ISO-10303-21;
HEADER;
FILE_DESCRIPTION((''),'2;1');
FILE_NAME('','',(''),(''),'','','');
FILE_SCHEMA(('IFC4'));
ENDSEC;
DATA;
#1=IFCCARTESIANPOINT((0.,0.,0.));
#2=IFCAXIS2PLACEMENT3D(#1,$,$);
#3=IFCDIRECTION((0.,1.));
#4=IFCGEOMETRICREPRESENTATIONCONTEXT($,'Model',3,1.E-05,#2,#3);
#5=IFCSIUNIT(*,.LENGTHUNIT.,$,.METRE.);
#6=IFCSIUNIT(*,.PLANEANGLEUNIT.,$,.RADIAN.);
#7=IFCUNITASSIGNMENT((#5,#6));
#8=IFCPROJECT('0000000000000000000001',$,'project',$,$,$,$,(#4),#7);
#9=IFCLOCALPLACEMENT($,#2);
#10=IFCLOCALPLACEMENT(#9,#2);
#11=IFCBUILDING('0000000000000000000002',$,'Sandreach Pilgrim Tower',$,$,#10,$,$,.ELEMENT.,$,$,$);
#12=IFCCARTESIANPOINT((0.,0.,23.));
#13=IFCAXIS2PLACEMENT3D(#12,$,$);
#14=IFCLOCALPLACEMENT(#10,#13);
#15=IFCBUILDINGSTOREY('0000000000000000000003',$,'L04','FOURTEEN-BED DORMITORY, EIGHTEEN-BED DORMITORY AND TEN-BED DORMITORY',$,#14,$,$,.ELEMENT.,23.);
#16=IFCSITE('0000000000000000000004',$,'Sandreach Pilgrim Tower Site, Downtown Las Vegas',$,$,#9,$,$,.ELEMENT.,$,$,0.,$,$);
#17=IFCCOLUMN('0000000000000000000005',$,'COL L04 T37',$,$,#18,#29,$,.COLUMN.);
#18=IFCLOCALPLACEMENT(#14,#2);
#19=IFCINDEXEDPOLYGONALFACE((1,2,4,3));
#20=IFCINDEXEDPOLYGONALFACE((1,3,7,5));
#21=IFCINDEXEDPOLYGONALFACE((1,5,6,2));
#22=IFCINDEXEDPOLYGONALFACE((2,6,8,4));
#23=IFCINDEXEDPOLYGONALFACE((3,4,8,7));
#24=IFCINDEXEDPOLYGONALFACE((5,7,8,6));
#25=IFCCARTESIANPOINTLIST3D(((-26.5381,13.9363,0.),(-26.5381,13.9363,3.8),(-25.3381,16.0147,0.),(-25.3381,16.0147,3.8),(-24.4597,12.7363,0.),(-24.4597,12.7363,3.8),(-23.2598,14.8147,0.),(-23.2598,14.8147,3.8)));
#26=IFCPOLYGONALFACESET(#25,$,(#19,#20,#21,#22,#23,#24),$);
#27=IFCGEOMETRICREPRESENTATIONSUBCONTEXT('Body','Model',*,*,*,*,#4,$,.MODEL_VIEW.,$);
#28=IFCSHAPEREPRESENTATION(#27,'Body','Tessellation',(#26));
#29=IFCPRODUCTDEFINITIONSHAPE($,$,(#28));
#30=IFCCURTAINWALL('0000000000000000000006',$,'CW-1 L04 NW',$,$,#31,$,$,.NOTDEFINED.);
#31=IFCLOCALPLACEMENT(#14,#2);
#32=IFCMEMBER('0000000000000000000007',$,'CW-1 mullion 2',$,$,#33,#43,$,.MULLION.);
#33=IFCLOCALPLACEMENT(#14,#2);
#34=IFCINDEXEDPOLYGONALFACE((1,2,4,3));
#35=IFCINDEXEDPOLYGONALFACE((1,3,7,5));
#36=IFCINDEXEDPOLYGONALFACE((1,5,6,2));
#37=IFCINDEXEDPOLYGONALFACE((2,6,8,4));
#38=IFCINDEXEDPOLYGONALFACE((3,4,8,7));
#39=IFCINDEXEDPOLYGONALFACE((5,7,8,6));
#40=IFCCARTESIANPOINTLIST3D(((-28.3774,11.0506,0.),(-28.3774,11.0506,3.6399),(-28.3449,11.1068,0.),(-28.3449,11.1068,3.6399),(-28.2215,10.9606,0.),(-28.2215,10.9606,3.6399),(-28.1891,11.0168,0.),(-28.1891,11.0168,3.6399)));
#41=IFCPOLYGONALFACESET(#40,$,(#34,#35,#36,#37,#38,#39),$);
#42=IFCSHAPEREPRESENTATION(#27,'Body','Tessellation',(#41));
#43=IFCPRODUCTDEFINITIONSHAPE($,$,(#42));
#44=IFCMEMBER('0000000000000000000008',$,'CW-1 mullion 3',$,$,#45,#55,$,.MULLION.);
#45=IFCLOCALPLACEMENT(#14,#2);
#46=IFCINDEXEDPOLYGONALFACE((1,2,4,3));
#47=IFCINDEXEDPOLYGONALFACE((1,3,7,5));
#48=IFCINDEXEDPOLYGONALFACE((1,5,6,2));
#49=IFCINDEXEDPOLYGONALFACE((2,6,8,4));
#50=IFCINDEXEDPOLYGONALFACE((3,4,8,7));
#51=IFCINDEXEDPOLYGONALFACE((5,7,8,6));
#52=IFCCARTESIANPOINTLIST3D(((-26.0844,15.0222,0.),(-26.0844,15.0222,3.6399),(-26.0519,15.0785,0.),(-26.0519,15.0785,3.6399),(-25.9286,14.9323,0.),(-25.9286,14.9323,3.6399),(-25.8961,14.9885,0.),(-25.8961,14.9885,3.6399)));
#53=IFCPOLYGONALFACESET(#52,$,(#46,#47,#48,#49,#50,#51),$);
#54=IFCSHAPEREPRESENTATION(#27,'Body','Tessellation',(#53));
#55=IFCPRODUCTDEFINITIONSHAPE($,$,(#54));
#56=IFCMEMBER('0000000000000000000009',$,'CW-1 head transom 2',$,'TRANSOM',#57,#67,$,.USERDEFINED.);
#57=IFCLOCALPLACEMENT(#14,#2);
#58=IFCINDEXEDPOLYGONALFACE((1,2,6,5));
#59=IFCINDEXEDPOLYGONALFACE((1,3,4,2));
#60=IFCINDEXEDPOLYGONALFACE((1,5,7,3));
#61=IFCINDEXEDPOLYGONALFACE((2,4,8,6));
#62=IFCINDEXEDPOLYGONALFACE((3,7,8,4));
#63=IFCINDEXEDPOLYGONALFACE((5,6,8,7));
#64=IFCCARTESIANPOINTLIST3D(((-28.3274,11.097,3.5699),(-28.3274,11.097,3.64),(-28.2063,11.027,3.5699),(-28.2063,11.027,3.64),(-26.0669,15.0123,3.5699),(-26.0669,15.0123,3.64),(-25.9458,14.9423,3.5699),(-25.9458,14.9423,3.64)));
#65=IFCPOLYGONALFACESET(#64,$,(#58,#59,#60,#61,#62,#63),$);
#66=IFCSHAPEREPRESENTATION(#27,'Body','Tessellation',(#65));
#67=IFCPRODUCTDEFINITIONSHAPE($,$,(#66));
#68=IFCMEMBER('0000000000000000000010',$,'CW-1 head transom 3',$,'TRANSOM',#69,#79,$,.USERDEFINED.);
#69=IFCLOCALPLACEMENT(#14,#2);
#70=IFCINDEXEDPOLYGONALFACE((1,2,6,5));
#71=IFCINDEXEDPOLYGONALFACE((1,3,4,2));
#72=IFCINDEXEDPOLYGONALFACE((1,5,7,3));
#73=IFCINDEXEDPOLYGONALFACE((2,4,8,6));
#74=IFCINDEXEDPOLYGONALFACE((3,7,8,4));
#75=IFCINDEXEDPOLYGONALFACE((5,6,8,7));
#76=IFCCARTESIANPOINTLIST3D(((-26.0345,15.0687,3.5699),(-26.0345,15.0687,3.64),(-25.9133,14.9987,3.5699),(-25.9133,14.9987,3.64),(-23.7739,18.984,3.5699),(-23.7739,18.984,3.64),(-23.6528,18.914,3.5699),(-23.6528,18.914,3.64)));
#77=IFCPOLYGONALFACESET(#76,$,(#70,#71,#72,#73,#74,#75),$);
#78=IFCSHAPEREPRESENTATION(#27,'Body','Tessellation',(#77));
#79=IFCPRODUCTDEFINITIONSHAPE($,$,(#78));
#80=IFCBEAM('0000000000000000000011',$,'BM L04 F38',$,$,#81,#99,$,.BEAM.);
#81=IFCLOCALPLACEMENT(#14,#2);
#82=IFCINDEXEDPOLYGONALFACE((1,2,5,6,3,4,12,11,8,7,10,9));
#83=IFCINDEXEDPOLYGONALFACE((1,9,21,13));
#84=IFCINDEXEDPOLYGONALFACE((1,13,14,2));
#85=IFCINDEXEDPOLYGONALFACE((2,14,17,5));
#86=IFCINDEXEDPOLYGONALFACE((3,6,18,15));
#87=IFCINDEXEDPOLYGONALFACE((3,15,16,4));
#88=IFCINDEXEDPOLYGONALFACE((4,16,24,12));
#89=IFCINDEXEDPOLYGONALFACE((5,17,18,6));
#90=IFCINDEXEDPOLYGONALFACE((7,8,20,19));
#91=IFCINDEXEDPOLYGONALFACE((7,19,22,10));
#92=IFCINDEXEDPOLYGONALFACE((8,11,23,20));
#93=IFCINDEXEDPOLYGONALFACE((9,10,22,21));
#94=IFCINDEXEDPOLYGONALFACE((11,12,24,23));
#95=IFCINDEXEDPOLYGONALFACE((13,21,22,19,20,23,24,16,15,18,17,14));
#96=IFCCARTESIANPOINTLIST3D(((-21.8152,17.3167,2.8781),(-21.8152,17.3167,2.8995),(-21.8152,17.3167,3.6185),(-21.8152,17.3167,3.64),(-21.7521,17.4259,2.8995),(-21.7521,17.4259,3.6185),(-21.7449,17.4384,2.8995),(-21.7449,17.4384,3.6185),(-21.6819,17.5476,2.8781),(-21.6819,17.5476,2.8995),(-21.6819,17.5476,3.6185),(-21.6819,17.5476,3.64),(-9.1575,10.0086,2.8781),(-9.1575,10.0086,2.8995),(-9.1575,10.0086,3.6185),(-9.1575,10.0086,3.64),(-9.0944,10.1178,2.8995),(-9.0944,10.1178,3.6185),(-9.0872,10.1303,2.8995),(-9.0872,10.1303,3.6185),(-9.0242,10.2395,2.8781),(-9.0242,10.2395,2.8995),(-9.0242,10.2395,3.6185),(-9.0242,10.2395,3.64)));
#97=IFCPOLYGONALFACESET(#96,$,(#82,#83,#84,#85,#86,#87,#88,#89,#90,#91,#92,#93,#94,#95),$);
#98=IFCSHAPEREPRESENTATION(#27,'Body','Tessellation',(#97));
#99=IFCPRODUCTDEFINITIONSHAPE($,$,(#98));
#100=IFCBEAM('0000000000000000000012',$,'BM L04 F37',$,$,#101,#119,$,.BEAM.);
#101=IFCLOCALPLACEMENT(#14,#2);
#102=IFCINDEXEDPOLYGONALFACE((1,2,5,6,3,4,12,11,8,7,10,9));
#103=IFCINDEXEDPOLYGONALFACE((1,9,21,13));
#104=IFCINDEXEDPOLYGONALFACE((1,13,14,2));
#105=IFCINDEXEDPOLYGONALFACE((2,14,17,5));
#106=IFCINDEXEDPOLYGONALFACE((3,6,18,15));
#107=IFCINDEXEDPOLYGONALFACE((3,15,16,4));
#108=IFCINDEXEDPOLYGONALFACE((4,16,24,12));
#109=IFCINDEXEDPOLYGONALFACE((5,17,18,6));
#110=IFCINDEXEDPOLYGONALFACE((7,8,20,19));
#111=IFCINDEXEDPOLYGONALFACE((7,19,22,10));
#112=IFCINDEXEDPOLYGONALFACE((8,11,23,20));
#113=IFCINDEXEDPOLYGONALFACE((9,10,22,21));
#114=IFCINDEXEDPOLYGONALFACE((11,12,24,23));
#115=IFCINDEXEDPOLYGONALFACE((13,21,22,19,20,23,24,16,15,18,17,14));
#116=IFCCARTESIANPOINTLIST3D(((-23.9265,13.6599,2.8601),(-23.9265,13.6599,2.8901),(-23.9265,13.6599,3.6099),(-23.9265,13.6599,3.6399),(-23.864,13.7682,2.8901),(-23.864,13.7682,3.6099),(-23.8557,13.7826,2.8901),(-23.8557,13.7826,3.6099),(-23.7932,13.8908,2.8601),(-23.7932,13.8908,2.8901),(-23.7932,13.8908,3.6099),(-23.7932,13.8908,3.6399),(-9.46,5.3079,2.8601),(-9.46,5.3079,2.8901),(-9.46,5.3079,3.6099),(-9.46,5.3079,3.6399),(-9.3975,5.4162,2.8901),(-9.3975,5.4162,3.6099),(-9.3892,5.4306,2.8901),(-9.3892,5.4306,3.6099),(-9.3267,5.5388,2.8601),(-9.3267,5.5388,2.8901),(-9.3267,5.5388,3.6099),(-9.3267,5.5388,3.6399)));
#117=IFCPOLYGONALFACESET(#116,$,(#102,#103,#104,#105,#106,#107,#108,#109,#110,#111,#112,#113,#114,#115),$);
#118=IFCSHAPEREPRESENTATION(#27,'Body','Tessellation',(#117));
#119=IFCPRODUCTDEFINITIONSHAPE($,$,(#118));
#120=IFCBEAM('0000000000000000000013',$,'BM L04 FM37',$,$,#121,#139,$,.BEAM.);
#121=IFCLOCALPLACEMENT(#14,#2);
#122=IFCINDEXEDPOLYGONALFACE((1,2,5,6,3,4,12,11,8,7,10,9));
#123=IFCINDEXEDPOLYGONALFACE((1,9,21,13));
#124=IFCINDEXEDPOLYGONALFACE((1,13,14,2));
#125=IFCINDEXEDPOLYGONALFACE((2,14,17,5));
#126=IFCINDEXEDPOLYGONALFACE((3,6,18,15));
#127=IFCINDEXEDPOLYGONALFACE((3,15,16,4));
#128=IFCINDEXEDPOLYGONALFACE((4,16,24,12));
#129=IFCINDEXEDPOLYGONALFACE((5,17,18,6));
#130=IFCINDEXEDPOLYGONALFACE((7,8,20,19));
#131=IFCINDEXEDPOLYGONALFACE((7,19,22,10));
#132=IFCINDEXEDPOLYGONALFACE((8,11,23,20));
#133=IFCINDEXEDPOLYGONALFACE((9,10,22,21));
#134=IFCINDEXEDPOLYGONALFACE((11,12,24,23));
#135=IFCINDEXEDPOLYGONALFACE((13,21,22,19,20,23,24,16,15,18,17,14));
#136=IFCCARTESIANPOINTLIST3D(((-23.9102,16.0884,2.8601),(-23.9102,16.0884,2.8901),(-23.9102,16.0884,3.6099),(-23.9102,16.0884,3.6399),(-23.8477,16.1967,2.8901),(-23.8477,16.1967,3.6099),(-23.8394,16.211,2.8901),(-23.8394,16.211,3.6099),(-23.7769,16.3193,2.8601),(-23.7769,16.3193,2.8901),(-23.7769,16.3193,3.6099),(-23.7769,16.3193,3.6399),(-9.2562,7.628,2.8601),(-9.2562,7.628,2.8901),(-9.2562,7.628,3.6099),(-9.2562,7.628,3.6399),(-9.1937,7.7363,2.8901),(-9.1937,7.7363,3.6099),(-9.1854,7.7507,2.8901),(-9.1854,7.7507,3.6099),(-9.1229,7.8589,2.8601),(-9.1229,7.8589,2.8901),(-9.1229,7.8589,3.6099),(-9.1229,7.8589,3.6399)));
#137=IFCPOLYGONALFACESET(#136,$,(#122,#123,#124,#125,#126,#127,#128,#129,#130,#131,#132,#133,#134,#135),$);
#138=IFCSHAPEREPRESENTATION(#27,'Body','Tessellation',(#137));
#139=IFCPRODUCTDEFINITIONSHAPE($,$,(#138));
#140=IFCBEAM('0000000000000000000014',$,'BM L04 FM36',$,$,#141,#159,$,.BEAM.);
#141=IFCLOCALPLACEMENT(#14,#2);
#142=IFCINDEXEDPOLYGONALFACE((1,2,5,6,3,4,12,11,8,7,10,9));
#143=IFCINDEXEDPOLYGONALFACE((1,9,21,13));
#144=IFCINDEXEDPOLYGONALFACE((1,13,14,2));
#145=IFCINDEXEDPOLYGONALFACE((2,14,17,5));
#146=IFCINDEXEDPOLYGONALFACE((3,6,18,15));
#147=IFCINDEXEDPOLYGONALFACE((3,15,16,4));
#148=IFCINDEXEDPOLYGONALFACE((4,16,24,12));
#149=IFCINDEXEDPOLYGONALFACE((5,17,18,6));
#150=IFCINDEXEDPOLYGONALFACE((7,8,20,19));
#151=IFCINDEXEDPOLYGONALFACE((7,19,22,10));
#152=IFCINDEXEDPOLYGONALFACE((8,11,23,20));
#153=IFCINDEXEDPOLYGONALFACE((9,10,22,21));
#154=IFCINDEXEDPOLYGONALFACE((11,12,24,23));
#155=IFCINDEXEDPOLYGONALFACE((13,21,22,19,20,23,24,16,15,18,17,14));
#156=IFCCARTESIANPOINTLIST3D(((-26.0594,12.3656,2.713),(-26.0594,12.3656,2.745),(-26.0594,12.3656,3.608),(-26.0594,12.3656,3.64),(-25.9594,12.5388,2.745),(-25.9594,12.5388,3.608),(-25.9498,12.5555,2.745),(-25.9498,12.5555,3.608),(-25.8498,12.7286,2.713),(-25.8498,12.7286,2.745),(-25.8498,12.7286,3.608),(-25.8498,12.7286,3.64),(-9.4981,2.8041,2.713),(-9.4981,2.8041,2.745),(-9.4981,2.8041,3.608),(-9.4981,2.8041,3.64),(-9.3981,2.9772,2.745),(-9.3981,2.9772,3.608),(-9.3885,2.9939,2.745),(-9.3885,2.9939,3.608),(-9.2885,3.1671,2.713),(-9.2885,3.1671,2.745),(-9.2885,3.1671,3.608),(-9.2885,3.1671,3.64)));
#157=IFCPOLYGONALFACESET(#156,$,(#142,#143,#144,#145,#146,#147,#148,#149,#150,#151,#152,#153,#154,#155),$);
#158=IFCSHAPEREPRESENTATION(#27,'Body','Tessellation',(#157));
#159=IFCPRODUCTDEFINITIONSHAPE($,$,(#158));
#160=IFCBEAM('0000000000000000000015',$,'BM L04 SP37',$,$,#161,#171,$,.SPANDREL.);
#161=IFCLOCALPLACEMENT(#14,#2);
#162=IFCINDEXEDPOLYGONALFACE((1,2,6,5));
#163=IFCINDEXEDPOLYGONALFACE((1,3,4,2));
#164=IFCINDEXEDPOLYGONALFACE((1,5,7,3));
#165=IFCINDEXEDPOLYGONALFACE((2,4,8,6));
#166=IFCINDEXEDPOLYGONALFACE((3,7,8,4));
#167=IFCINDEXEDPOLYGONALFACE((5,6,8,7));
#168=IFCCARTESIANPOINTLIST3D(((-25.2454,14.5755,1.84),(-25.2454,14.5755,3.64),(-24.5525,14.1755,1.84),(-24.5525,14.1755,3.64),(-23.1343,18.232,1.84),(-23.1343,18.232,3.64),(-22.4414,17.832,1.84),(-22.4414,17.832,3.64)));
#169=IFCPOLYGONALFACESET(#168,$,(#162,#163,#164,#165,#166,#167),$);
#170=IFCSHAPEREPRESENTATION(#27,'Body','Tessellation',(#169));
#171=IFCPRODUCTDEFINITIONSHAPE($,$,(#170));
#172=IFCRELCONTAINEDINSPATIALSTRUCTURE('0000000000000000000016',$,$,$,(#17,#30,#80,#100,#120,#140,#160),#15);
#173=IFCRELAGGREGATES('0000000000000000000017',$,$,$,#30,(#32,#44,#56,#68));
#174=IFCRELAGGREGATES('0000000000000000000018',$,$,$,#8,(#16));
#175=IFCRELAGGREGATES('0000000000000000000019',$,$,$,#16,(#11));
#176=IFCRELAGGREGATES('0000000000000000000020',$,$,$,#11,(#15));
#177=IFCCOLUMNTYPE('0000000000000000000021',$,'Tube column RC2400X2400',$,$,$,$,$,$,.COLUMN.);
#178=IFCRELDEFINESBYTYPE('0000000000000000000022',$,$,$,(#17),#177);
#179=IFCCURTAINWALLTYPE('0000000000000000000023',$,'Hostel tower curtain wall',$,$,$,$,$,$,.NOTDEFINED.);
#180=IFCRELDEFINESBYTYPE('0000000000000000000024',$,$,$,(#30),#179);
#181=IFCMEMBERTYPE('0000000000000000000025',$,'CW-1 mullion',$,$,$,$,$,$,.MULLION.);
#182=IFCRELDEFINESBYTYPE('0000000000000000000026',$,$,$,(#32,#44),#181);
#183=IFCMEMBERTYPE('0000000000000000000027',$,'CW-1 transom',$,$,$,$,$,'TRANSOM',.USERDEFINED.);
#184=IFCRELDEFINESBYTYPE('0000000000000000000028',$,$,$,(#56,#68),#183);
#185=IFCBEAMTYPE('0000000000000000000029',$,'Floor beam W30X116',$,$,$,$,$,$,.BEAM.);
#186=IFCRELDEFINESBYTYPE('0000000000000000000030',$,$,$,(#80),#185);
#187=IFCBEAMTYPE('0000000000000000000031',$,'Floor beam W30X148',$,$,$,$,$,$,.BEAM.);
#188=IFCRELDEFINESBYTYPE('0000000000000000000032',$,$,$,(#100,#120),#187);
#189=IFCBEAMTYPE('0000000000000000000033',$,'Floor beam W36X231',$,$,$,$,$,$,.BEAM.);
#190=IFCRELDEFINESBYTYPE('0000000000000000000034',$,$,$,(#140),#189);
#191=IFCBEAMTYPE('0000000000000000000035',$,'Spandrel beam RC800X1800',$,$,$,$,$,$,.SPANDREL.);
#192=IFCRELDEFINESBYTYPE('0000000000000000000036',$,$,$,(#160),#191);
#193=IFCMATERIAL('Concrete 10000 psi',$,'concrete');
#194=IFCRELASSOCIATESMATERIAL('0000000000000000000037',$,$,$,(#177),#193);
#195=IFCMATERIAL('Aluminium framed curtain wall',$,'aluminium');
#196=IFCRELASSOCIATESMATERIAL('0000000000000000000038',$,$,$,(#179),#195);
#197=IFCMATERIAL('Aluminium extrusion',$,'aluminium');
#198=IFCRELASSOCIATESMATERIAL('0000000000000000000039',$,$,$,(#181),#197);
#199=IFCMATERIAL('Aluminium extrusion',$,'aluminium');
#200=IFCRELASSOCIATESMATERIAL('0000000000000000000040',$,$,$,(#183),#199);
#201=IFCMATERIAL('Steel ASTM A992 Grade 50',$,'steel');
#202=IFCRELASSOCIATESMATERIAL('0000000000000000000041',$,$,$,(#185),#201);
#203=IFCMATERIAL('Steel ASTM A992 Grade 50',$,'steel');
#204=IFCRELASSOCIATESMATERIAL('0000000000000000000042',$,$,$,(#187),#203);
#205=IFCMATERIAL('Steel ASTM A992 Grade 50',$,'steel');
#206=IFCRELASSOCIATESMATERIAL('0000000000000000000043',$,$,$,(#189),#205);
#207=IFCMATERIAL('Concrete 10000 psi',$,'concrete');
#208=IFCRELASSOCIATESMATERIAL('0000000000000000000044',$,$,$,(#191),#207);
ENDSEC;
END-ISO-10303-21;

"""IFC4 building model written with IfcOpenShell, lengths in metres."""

from ifc_helpers import new_model, si_unit, direction, frame, origin, origin_2d, place, context, subcontext, project, spatial, rectangle, i_section, extrude, material, material_profile, profile_set, type_object, element, aggregate, save


model = new_model("IFC4")

# Units and contexts
model_context = context("Model", 3, precision=1e-05, world=origin(), true_north=direction((0.0, 1.0)))
body_context = subcontext(model_context, "Body", "Model", "MODEL_VIEW")
ifc_project = project(units=[si_unit("LENGTHUNIT", "METRE"), si_unit("PLANEANGLEUNIT", "RADIAN")], contexts=[model_context])

# Site, building, storey
site_placement = place(None, origin())
site = spatial("IfcSite", under=ifc_project, at=site_placement, Name="Sandreach Pilgrim Tower Site, Downtown Las Vegas", CompositionType="ELEMENT", RefElevation=0.0)
building_placement = place(site_placement, origin())
building = spatial("IfcBuilding", under=site, at=building_placement, Name="Sandreach Pilgrim Tower", CompositionType="ELEMENT")
storey_placement = place(building_placement, frame((0.0, 0.0, 23.0)))
storey = spatial("IfcBuildingStorey", under=building, at=storey_placement, Name="L04", Description="FOURTEEN-BED DORMITORY, EIGHTEEN-BED DORMITORY AND TEN-BED DORMITORY", CompositionType="ELEMENT", Elevation=23.0)

# Column
ifc_material_1 = material(Name="Concrete 10000 psi", Category="concrete")
ifc_material_profile_1 = material_profile(ifc_material_1, rectangle(XDim=2.3999, YDim=2.3999, at=origin_2d()), Name="RC2400X2400")
ifc_profile_set_1 = profile_set([ifc_material_profile_1], Name="Concrete 10000 psi")
column_type = type_object("IfcColumnType", Name="Tube column RC2400X2400", PredefinedType="COLUMN", material=ifc_profile_set_1)
column_placement = place(storey_placement, frame((-24.8989, 14.3755, 0.0), z_axis=(0.0, 0.0, 1.0), x_axis=(-0.866025, 0.5, 0.0)))
element("IfcColumn", 1, at=column_placement, inside=storey, type_object=column_type, Name="COL L04 T37", PredefinedType="COLUMN", context=body_context, shape_type="SweptSolid", body=[
    extrude(rectangle(XDim=2.3999, YDim=2.3999, at=origin_2d()), origin(), (0.0, 0.0, 1.0), 3.8),
])

# Curtain wall, members
ifc_material_2 = material(Name="Aluminium framed curtain wall", Category="aluminium")
curtain_wall_type = type_object("IfcCurtainWallType", Name="Hostel tower curtain wall", PredefinedType="NOTDEFINED", material=ifc_material_2)
curtain_wall_placement = place(storey_placement, origin())
curtain_wall = element("IfcCurtainWall", 2, at=curtain_wall_placement, inside=storey, type_object=curtain_wall_type, Name="CW-1 L04 NW", PredefinedType="NOTDEFINED")
ifc_material_3 = material(Name="Aluminium extrusion", Category="aluminium")
ifc_material_profile_2 = material_profile(ifc_material_3, rectangle(XDim=0.0649, YDim=0.1799, at=origin_2d()), Name="CW-1M 65X180")
ifc_profile_set_2 = profile_set([ifc_material_profile_2], Name="Aluminium extrusion")
member_type_1 = type_object("IfcMemberType", Name="CW-1 mullion", PredefinedType="MULLION", material=ifc_profile_set_2)
member_1_placement = place(storey_placement, frame((-28.2832, 11.0337, 0.0), z_axis=(0.0, 0.0, 1.0), x_axis=(0.5, 0.866025, 0.0)))
member_1 = element("IfcMember", 3, at=member_1_placement, type_object=member_type_1, Name="CW-1 mullion 2", PredefinedType="MULLION", context=body_context, shape_type="SweptSolid", body=[
    extrude(rectangle(XDim=0.0649, YDim=0.1799, at=origin_2d()), origin(), (0.0, 0.0, 1.0), 3.6399),
])
member_2_placement = place(storey_placement, frame((-25.9902, 15.0054, 0.0), z_axis=(0.0, 0.0, 1.0), x_axis=(0.5, 0.866025, 0.0)))
member_2 = element("IfcMember", 4, at=member_2_placement, type_object=member_type_1, Name="CW-1 mullion 3", PredefinedType="MULLION", context=body_context, shape_type="SweptSolid", body=[
    extrude(rectangle(XDim=0.0649, YDim=0.1799, at=origin_2d()), origin(), (0.0, 0.0, 1.0), 3.6399),
])
ifc_material_4 = material(Name="Aluminium extrusion", Category="aluminium")
ifc_material_profile_3 = material_profile(ifc_material_4, rectangle(XDim=0.1399, YDim=0.0701, at=origin_2d()), Name="CW-1T 140X70")
ifc_profile_set_3 = profile_set([ifc_material_profile_3], Name="Aluminium extrusion")
member_type_2 = type_object("IfcMemberType", Name="CW-1 transom", ElementType="TRANSOM", PredefinedType="USERDEFINED", material=ifc_profile_set_3)
member_3_placement = place(storey_placement, frame((-28.2668, 11.062, 3.605), z_axis=(0.500001, 0.866025, 0.0), x_axis=(-0.866025, 0.500001, 0.0)))
member_3 = element("IfcMember", 5, at=member_3_placement, type_object=member_type_2, Name="CW-1 head transom 2", ObjectType="TRANSOM", PredefinedType="USERDEFINED", context=body_context, shape_type="SweptSolid", body=[
    extrude(rectangle(XDim=0.1399, YDim=0.0701, at=origin_2d()), origin(), (0.0, 0.0, 1.0), 4.521),
])
member_4_placement = place(storey_placement, frame((-25.9739, 15.0337, 3.605), z_axis=(0.500001, 0.866025, 0.0), x_axis=(-0.866025, 0.500001, 0.0)))
member_4 = element("IfcMember", 6, at=member_4_placement, type_object=member_type_2, Name="CW-1 head transom 3", ObjectType="TRANSOM", PredefinedType="USERDEFINED", context=body_context, shape_type="SweptSolid", body=[
    extrude(rectangle(XDim=0.1399, YDim=0.0701, at=origin_2d()), origin(), (0.0, 0.0, 1.0), 4.521),
])

# Beams
ifc_material_5 = material(Name="Steel ASTM A992 Grade 50", Category="steel")
ifc_material_profile_4 = material_profile(ifc_material_5, i_section(OverallWidth=0.2666, OverallDepth=0.762, WebThickness=0.0144, FlangeThickness=0.0215, at=origin_2d()), Name="W30X116")
ifc_profile_set_4 = profile_set([ifc_material_profile_4], Name="Steel ASTM A992 Grade 50")
beam_type_1 = type_object("IfcBeamType", Name="Floor beam W30X116", PredefinedType="BEAM", material=ifc_profile_set_4)
beam_1_placement = place(storey_placement, frame((-21.7485, 17.4321, 3.259), z_axis=(0.86602, -0.500009, 0.0), x_axis=(0.500009, 0.86602, 0.0)))
element("IfcBeam", 7, at=beam_1_placement, inside=storey, type_object=beam_type_1, Name="BM L04 F38", PredefinedType="BEAM", context=body_context, shape_type="SweptSolid", body=[
    extrude(i_section(OverallWidth=0.2666, OverallDepth=0.762, WebThickness=0.0144, FlangeThickness=0.0215, at=origin_2d()), origin(), (0.0, 0.0, 1.0), 14.616),
])
ifc_material_6 = material(Name="Steel ASTM A992 Grade 50", Category="steel")
ifc_material_profile_5 = material_profile(ifc_material_6, i_section(OverallWidth=0.2666, OverallDepth=0.7798, WebThickness=0.0166, FlangeThickness=0.03, at=origin_2d()), Name="W30X148")
ifc_profile_set_5 = profile_set([ifc_material_profile_5], Name="Steel ASTM A992 Grade 50")
beam_type_2 = type_object("IfcBeamType", Name="Floor beam W30X148", PredefinedType="BEAM", material=ifc_profile_set_5)
beam_2_placement = place(storey_placement, frame((-23.8599, 13.7754, 3.25), z_axis=(0.866031, -0.49999, 0.0), x_axis=(0.49999, 0.866031, 0.0)))
element("IfcBeam", 8, at=beam_2_placement, inside=storey, type_object=beam_type_2, Name="BM L04 F37", PredefinedType="BEAM", context=body_context, shape_type="SweptSolid", body=[
    extrude(i_section(OverallWidth=0.2666, OverallDepth=0.7798, WebThickness=0.0166, FlangeThickness=0.03, at=origin_2d()), origin(), (0.0, 0.0, 1.0), 16.7043),
])
beam_3_placement = place(storey_placement, frame((-23.8435, 16.2039, 3.25), z_axis=(0.866027, -0.499997, 0.0), x_axis=(0.499997, 0.866027, 0.0)))
element("IfcBeam", 9, at=beam_3_placement, inside=storey, type_object=beam_type_2, Name="BM L04 FM37", PredefinedType="BEAM", context=body_context, shape_type="SweptSolid", body=[
    extrude(i_section(OverallWidth=0.2666, OverallDepth=0.7798, WebThickness=0.0166, FlangeThickness=0.03, at=origin_2d()), origin(), (0.0, 0.0, 1.0), 16.9209),
])
ifc_material_7 = material(Name="Steel ASTM A992 Grade 50", Category="steel")
ifc_material_profile_6 = material_profile(ifc_material_7, i_section(OverallWidth=0.4192, OverallDepth=0.927, WebThickness=0.0193, FlangeThickness=0.032, at=origin_2d()), Name="W36X231")
ifc_profile_set_6 = profile_set([ifc_material_profile_6], Name="Steel ASTM A992 Grade 50")
beam_type_3 = type_object("IfcBeamType", Name="Floor beam W36X231", PredefinedType="BEAM", material=ifc_profile_set_6)
beam_4_placement = place(storey_placement, frame((-25.9546, 12.5471, 3.1765), z_axis=(0.866028, -0.499995, 0.0), x_axis=(0.499995, 0.866028, 0.0)))
element("IfcBeam", 10, at=beam_4_placement, inside=storey, type_object=beam_type_3, Name="BM L04 FM36", PredefinedType="BEAM", context=body_context, shape_type="SweptSolid", body=[
    extrude(i_section(OverallWidth=0.4192, OverallDepth=0.927, WebThickness=0.0193, FlangeThickness=0.032, at=origin_2d()), origin(), (0.0, 0.0, 1.0), 19.1233),
])
ifc_material_8 = material(Name="Concrete 10000 psi", Category="concrete")
ifc_material_profile_7 = material_profile(ifc_material_8, rectangle(XDim=0.8, YDim=1.8, at=origin_2d()), Name="RC800X1800")
ifc_profile_set_7 = profile_set([ifc_material_profile_7], Name="Concrete 10000 psi")
beam_type_4 = type_object("IfcBeamType", Name="Spandrel beam RC800X1800", PredefinedType="SPANDREL", material=ifc_profile_set_7)
beam_5_placement = place(storey_placement, frame((-24.8989, 14.3755, 2.74), z_axis=(0.500001, 0.866025, 0.0), x_axis=(-0.866025, 0.500001, 0.0)))
element("IfcBeam", 11, at=beam_5_placement, inside=storey, type_object=beam_type_4, Name="BM L04 SP37", PredefinedType="SPANDREL", context=body_context, shape_type="SweptSolid", body=[
    extrude(rectangle(XDim=0.8, YDim=1.8, at=origin_2d()), origin(), (0.0, 0.0, 1.0), 4.2222),
])

aggregate(curtain_wall, [member_1, member_2, member_3, member_4])

save(model, "model.ifc")
